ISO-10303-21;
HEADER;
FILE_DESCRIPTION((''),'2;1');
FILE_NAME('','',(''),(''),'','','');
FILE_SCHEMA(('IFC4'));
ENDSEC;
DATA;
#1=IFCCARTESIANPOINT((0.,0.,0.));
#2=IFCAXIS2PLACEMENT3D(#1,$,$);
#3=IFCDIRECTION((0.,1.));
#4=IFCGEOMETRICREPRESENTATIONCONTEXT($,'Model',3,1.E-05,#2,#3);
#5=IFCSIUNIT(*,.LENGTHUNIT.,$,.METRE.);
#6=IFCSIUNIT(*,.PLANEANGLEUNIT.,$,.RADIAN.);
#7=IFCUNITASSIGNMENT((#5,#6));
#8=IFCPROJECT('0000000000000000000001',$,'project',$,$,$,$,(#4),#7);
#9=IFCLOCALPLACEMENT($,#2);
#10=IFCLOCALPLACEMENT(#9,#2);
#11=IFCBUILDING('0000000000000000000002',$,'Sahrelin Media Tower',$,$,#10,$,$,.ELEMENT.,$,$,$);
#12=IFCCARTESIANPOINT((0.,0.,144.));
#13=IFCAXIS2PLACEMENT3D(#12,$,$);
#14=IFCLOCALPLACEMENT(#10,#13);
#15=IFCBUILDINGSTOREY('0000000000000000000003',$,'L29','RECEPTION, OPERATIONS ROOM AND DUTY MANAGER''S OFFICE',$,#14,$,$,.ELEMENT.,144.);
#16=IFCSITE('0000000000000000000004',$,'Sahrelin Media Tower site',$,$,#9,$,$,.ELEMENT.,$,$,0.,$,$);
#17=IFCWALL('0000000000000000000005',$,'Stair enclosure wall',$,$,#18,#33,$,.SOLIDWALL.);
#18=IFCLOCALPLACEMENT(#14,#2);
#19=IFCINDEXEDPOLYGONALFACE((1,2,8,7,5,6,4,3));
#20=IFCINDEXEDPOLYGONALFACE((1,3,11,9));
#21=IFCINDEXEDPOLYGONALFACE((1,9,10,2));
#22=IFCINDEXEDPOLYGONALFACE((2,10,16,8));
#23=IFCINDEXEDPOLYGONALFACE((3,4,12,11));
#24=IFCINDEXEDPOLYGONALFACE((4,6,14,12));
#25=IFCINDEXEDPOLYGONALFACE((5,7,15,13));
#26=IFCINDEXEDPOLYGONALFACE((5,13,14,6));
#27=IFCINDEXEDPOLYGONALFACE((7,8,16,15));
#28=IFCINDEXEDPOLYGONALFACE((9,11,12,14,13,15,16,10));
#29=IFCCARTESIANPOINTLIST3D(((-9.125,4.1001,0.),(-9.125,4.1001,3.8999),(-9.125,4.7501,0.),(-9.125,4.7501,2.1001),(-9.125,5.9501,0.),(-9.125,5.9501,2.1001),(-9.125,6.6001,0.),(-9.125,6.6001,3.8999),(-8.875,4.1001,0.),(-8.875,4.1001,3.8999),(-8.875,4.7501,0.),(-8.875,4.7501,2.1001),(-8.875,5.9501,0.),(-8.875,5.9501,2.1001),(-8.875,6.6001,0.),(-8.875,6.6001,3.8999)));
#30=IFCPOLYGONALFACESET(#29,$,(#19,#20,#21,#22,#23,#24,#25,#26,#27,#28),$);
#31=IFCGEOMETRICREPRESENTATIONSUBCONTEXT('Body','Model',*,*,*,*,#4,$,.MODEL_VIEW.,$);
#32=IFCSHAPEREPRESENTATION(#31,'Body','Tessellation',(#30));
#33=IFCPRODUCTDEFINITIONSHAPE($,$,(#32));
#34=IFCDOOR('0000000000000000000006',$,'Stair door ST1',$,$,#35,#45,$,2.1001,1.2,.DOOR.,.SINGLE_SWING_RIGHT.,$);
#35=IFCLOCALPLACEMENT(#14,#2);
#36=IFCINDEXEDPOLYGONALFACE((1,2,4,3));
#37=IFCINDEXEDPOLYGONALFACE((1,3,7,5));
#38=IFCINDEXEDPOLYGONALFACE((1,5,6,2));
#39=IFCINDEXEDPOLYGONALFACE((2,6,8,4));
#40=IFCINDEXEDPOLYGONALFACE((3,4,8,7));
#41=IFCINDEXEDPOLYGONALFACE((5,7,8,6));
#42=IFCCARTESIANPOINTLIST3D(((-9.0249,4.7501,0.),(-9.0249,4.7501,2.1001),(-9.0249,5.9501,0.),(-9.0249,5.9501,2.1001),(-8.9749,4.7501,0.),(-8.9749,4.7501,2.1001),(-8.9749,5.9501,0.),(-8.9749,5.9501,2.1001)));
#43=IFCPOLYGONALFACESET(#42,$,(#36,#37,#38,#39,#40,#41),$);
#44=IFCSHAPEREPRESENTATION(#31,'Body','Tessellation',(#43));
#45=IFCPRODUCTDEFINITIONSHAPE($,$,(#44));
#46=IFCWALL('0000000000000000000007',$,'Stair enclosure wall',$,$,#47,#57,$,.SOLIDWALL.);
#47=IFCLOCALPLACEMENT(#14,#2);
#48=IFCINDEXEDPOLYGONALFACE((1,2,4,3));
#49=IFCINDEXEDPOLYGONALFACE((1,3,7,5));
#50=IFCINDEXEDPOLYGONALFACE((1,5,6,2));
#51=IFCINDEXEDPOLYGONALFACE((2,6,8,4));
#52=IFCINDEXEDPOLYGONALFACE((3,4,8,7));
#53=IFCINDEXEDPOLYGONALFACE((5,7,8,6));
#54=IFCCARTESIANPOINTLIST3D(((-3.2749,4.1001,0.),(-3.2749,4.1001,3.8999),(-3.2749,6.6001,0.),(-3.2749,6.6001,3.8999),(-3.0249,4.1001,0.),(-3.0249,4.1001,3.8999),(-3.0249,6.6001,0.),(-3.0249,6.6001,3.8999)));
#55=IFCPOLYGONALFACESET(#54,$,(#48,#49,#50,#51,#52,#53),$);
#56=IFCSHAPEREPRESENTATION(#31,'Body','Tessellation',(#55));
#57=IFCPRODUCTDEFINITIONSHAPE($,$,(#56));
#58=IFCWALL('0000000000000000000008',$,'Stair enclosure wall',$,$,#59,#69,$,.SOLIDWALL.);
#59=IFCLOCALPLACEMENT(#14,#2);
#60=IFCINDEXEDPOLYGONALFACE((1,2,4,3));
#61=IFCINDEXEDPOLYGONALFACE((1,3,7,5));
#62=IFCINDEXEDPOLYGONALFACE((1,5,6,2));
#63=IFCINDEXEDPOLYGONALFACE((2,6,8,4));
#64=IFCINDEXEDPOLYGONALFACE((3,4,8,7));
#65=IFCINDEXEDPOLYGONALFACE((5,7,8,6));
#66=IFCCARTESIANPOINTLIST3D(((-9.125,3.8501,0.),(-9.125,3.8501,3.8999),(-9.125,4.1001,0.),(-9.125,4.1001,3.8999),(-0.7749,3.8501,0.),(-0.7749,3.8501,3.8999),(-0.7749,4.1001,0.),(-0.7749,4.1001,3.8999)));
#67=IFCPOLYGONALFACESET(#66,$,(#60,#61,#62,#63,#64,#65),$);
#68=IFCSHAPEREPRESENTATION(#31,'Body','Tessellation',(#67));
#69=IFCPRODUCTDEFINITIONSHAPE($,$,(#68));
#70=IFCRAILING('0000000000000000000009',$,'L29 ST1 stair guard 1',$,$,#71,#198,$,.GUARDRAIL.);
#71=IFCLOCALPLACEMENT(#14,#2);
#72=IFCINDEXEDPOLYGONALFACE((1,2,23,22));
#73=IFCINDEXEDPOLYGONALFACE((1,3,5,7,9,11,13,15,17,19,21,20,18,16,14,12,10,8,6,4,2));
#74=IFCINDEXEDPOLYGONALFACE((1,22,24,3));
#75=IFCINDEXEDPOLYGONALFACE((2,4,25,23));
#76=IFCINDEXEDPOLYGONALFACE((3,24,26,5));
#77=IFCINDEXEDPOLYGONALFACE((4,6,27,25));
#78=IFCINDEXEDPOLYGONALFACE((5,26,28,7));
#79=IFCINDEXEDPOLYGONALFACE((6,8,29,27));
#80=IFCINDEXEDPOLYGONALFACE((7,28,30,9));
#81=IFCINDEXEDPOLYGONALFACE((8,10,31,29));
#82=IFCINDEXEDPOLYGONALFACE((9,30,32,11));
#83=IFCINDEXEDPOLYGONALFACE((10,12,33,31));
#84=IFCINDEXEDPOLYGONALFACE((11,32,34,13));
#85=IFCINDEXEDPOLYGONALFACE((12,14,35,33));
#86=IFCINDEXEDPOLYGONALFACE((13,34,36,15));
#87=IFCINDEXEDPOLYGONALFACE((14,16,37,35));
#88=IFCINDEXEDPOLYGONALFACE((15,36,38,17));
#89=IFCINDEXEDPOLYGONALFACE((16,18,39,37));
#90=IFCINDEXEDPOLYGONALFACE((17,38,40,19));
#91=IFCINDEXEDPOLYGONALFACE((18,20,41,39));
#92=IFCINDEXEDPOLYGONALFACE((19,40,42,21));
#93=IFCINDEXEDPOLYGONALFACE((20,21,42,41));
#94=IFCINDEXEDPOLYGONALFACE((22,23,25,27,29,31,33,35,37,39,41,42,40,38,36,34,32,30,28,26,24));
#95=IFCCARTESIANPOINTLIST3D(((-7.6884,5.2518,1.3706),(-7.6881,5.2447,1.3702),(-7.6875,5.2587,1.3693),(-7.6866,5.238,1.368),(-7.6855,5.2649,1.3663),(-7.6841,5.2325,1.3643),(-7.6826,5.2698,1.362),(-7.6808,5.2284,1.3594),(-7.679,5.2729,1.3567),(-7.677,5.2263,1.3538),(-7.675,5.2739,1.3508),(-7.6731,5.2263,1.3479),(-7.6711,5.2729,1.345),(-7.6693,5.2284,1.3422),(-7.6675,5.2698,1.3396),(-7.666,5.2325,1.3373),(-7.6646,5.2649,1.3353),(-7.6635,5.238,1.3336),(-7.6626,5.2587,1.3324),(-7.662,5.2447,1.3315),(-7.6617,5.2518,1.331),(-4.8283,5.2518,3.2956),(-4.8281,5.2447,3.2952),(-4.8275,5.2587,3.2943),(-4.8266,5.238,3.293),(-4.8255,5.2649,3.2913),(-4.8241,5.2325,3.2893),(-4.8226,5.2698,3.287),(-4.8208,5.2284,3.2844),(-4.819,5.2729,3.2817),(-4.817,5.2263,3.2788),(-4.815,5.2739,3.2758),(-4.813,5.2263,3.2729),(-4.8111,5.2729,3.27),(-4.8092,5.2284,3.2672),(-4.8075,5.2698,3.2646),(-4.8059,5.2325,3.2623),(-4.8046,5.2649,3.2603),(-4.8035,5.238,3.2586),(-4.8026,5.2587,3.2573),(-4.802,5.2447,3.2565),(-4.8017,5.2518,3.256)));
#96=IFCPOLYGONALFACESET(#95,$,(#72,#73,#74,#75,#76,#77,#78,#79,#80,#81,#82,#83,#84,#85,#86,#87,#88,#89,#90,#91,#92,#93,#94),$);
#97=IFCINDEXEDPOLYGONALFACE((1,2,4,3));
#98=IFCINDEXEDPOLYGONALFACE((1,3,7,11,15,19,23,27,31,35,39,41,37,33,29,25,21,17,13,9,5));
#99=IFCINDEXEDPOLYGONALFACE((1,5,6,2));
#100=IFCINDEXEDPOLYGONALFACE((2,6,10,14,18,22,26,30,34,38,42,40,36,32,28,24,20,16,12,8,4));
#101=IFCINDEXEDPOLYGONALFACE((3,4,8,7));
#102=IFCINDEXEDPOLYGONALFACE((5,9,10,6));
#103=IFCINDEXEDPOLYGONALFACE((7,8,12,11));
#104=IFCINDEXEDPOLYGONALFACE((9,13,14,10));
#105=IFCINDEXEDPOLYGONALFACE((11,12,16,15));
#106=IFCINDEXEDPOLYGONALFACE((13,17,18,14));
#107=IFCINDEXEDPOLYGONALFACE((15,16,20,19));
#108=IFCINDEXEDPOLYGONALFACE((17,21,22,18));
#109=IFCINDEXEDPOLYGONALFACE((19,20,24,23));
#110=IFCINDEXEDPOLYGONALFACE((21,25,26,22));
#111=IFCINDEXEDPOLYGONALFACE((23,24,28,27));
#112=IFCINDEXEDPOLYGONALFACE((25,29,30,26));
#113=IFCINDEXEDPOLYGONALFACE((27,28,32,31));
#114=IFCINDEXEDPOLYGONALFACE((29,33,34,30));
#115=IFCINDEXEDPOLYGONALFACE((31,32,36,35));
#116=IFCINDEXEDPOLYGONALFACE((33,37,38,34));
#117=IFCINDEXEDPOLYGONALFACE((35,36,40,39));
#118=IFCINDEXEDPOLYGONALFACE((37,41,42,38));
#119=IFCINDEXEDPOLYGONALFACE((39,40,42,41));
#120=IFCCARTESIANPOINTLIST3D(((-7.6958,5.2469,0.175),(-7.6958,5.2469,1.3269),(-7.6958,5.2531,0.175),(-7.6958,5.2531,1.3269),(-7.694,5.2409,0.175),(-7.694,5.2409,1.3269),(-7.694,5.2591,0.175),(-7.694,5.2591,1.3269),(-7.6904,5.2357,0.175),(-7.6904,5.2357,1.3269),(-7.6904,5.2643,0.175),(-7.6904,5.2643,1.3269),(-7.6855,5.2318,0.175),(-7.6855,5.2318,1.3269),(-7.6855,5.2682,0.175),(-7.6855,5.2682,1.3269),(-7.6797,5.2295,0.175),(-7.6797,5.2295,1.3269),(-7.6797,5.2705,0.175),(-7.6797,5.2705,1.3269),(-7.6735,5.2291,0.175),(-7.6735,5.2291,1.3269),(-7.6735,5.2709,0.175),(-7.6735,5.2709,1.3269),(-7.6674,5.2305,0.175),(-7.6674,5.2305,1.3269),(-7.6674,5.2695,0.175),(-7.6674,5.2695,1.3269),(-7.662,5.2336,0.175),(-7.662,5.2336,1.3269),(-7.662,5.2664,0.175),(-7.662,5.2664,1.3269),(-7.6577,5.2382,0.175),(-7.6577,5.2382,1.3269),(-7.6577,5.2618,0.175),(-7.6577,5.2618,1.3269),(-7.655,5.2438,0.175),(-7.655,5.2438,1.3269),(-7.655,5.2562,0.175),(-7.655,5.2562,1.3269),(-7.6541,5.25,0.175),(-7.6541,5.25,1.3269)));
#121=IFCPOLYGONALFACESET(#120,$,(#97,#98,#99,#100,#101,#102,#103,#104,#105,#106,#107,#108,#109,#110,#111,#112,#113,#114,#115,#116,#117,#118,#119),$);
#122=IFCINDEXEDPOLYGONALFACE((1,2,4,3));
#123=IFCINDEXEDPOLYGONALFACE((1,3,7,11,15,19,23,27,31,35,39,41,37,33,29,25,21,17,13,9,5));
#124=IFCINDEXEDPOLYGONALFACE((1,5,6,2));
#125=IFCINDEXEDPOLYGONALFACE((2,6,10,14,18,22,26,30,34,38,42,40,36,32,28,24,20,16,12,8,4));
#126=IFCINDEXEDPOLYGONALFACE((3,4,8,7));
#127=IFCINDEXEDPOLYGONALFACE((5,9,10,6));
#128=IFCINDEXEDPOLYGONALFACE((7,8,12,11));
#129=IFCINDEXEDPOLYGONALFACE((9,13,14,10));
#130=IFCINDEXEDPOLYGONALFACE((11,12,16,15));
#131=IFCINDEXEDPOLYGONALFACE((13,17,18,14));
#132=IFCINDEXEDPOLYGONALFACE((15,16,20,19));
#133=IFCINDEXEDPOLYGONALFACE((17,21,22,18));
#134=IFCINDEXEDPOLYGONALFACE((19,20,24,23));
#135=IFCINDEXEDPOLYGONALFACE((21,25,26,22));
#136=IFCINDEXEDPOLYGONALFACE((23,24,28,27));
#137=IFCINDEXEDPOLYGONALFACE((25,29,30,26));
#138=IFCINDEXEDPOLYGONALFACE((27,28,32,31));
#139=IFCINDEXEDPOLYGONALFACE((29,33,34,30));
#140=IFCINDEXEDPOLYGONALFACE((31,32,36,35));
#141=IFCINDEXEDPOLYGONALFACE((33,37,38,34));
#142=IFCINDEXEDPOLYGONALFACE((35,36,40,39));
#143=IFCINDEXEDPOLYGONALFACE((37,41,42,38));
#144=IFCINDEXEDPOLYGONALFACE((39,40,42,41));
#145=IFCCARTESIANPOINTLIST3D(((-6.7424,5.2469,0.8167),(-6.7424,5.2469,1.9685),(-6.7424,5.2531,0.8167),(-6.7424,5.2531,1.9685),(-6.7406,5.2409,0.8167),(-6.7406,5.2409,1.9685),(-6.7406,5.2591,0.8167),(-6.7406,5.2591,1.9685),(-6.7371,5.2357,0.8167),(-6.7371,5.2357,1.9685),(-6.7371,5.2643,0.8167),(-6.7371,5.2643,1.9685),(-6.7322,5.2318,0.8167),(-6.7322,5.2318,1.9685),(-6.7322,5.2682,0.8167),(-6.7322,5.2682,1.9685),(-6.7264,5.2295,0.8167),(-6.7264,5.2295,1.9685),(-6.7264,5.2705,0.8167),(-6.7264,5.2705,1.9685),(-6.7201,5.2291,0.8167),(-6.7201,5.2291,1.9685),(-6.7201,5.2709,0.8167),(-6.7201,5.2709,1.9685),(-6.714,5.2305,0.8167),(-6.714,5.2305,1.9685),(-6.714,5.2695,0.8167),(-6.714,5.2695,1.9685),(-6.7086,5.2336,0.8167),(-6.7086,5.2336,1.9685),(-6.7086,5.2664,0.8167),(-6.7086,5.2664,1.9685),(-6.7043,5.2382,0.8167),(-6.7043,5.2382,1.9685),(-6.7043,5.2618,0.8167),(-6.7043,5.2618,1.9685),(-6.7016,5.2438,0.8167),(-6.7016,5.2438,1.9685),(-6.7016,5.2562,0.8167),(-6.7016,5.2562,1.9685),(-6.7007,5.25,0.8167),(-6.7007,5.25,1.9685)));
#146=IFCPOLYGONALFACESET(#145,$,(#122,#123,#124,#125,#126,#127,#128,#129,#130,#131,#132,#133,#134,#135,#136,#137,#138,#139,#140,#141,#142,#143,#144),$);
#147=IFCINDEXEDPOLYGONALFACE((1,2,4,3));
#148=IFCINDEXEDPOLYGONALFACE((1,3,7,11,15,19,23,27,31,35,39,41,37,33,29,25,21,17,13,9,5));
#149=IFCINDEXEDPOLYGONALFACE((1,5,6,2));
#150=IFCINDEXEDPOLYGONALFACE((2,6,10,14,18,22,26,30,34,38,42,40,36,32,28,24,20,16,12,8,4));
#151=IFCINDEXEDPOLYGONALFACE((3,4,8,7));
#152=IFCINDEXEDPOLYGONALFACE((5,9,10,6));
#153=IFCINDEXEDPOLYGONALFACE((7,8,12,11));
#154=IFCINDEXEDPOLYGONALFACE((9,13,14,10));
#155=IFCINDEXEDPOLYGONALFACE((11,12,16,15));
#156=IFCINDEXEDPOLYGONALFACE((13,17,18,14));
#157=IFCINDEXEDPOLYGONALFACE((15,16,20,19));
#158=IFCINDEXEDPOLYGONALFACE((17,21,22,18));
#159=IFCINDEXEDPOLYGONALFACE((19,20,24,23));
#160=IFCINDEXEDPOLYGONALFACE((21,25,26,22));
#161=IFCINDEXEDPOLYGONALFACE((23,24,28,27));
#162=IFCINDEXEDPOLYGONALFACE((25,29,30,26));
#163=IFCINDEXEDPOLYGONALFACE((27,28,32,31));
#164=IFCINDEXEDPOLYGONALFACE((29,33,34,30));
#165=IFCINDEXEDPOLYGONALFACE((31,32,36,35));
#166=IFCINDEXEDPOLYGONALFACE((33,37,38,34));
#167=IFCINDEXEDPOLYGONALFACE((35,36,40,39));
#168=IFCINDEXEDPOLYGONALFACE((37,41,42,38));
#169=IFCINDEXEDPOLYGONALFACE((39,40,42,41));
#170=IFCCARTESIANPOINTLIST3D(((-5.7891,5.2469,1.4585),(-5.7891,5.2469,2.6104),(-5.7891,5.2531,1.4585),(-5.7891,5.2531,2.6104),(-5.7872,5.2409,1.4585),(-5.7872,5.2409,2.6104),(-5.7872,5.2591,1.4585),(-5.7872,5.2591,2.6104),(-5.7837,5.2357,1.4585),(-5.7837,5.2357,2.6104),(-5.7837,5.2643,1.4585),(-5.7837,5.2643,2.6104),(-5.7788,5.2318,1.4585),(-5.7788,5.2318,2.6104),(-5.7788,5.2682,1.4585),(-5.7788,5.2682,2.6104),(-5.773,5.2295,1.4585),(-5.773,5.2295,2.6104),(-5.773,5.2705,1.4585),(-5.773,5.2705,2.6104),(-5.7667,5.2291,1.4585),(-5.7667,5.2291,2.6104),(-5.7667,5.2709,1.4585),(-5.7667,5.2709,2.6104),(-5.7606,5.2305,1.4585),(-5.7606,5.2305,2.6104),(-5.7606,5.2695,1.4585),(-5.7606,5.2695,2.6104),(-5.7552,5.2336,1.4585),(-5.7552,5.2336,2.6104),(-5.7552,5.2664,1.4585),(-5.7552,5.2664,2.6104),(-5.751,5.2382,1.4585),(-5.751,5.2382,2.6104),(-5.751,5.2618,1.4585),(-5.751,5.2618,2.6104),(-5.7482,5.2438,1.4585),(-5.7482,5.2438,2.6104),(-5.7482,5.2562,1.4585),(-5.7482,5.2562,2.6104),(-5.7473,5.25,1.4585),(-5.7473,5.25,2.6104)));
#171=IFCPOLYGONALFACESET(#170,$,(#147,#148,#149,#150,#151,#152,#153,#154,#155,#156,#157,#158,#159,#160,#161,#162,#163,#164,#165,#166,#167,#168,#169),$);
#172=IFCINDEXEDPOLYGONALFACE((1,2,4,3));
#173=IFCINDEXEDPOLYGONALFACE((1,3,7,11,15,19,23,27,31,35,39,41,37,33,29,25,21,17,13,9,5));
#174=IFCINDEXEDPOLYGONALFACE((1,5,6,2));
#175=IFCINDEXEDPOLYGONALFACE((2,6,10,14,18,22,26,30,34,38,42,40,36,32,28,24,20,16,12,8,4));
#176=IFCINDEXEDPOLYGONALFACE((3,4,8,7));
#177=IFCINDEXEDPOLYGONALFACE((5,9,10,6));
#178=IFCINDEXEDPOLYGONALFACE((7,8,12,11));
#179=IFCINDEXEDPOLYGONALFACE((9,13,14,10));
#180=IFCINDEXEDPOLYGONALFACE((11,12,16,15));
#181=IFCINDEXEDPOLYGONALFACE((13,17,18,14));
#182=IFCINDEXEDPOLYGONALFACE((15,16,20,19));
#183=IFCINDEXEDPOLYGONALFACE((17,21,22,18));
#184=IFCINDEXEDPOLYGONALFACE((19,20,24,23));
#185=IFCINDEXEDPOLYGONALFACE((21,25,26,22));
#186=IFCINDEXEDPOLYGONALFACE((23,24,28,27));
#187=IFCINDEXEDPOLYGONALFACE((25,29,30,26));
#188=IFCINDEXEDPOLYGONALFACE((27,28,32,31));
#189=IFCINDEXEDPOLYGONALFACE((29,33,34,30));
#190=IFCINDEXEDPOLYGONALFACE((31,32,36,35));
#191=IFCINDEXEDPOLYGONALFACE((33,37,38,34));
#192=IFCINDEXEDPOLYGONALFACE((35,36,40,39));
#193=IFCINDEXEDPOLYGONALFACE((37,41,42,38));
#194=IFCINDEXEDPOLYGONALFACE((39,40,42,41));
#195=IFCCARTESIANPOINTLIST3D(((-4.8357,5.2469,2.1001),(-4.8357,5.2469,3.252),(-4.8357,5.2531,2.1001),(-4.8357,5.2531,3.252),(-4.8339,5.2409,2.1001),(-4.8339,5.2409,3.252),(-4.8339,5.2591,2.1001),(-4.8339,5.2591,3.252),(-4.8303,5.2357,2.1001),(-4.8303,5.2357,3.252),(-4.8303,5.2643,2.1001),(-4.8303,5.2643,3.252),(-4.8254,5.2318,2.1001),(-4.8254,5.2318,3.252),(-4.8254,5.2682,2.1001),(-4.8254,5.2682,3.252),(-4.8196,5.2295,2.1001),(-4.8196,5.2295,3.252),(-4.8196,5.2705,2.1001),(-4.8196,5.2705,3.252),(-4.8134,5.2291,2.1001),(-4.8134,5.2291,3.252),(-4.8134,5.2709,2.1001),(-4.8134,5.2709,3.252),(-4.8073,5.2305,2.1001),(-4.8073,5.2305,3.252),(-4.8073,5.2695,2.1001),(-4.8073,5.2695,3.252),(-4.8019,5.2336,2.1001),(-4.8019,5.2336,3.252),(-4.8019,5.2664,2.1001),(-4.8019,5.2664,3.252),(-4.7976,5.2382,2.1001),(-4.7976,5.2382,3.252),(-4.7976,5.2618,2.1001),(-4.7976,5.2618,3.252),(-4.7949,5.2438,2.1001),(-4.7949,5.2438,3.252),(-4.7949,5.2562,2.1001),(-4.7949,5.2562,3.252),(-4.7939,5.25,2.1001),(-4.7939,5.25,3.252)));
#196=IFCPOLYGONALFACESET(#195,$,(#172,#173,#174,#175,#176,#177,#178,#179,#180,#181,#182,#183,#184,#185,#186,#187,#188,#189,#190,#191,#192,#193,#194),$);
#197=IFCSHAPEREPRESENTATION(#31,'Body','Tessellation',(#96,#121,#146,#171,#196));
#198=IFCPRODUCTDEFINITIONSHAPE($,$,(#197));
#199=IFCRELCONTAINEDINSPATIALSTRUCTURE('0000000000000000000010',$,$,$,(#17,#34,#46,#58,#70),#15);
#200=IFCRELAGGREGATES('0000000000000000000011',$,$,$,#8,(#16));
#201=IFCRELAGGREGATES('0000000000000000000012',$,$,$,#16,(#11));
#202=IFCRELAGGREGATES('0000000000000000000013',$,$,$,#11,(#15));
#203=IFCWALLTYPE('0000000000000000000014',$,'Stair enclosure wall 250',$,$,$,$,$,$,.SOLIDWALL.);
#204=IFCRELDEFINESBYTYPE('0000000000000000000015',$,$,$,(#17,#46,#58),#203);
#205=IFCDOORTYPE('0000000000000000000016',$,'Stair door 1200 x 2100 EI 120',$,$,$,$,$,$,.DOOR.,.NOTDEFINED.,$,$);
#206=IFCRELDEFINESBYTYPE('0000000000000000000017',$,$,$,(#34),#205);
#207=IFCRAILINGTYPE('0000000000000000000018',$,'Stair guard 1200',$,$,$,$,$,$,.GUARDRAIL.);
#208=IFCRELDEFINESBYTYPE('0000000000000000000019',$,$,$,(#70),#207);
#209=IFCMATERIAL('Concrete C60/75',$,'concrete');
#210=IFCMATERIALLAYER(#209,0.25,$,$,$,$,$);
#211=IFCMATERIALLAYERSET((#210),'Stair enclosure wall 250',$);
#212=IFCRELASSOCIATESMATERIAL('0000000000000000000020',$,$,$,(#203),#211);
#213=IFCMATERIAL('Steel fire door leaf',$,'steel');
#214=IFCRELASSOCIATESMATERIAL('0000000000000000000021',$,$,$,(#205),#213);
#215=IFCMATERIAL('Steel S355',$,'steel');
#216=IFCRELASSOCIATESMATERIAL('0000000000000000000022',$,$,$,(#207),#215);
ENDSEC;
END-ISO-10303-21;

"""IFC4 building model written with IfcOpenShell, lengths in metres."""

from ifc_helpers import new_model, si_unit, direction, frame, frame_2d, origin, origin_2d, place, context, subcontext, project, spatial, rectangle, circle, extrude, material, layer, layer_set, type_object, element, fill, save


model = new_model("IFC4")

# Units and contexts
model_context = context("Model", 3, precision=1e-05, world=origin(), true_north=direction((0.0, 1.0)))
body_context = subcontext(model_context, "Body", "Model", "MODEL_VIEW")
ifc_project = project(units=[si_unit("LENGTHUNIT", "METRE"), si_unit("PLANEANGLEUNIT", "RADIAN")], contexts=[model_context])

# Site, building, storey
site_placement = place(None, origin())
site = spatial("IfcSite", under=ifc_project, at=site_placement, Name="Sahrelin Media Tower site", CompositionType="ELEMENT", RefElevation=0.0)
building_placement = place(site_placement, origin())
building = spatial("IfcBuilding", under=site, at=building_placement, Name="Sahrelin Media Tower", CompositionType="ELEMENT")
storey_placement = place(building_placement, frame((0.0, 0.0, 144.0)))
storey = spatial("IfcBuildingStorey", under=building, at=storey_placement, Name="L29", Description="RECEPTION, OPERATIONS ROOM AND DUTY MANAGER'S OFFICE", CompositionType="ELEMENT", Elevation=144.0)

# Shared definitions
ifc_material_1 = material(Name="Steel S355", Category="steel")

# Shared definitions
ifc_material_2 = material(Name="Concrete C60/75", Category="concrete")

# Shared definitions
ifc_material_3 = material(Name="Steel fire door leaf", Category="steel")

# Wall, opening, door
ifc_layer_1 = layer(ifc_material_2, 0.25)
ifc_layer_set_1 = layer_set([ifc_layer_1], Name="Stair enclosure wall 250")
wall_type_1 = type_object("IfcWallType", Name="Stair enclosure wall 250", PredefinedType="SOLIDWALL", material=ifc_layer_set_1)
wall_1_placement = place(storey_placement, frame((-9.0, 4.1001, 0.0), z_axis=(0.0, 0.0, 1.0), x_axis=(0.0, 1.0, 0.0)))
wall_1 = element("IfcWall", 1, at=wall_1_placement, inside=storey, type_object=wall_type_1, Name="Stair enclosure wall", PredefinedType="SOLIDWALL", context=body_context, shape_type="SweptSolid", body=[
    extrude(rectangle(XDim=2.5, YDim=0.25, at=frame_2d((1.25, 0.0))), origin(), (0.0, 0.0, 1.0), 3.8999),
])
opening_1_placement = place(wall_1_placement, frame((0.6499, 0.0, 0.0)))
opening_1 = element("IfcOpeningElement", 2, at=opening_1_placement, cuts=wall_1, PredefinedType="OPENING", context=body_context, shape_type="SweptSolid", body=[
    extrude(rectangle(XDim=1.2, YDim=2.1001, at=frame_2d((0.6001, 1.05))), frame((0.0, 0.125, 0.0), z_axis=(0.0, -1.0, 0.0), x_axis=(1.0, 0.0, 0.0)), (0.0, 0.0, 1.0), 0.25),
])
door_type_1 = type_object("IfcDoorType", Name="Stair door 1200 x 2100 EI 120", OperationType="NOTDEFINED", PredefinedType="DOOR", material=ifc_material_3)
door_1_placement = place(opening_1_placement, origin())
door_1 = element("IfcDoor", 3, at=door_1_placement, inside=storey, type_object=door_type_1, Name="Stair door ST1", OperationType="SINGLE_SWING_RIGHT", OverallHeight=2.1001, OverallWidth=1.2, PredefinedType="DOOR", context=body_context, shape_type="SweptSolid", body=[
    extrude(rectangle(XDim=1.2, YDim=2.1001, at=frame_2d((0.6001, 1.05))), frame((0.0, 0.0249, 0.0), z_axis=(0.0, -1.0, 0.0), x_axis=(1.0, 0.0, 0.0)), (0.0, 0.0, 1.0), 0.05),
])
fill(opening_1, door_1)

# Walls
wall_2_placement = place(storey_placement, frame((-3.1499, 4.1001, 0.0), z_axis=(0.0, 0.0, 1.0), x_axis=(0.0, 1.0, 0.0)))
element("IfcWall", 4, at=wall_2_placement, inside=storey, type_object=wall_type_1, Name="Stair enclosure wall", PredefinedType="SOLIDWALL", context=body_context, shape_type="SweptSolid", body=[
    extrude(rectangle(XDim=2.5, YDim=0.25, at=frame_2d((1.25, 0.0))), origin(), (0.0, 0.0, 1.0), 3.8999),
])
wall_3_placement = place(storey_placement, frame((-9.125, 3.9751, 0.0), z_axis=(0.0, 0.0, 1.0), x_axis=(1.0, 0.0, 0.0)))
element("IfcWall", 5, at=wall_3_placement, inside=storey, type_object=wall_type_1, Name="Stair enclosure wall", PredefinedType="SOLIDWALL", context=body_context, shape_type="SweptSolid", body=[
    extrude(rectangle(XDim=8.3501, YDim=0.25, at=frame_2d((4.175, 0.0))), origin(), (0.0, 0.0, 1.0), 3.8999),
])

# Railing
railing_type_1 = type_object("IfcRailingType", Name="Stair guard 1200", PredefinedType="GUARDRAIL", material=ifc_material_1)
railing_1_placement = place(storey_placement, frame((-7.675, 5.25, 0.175)))
element("IfcRailing", 6, at=railing_1_placement, inside=storey, type_object=railing_type_1, Name="L29 ST1 stair guard 1", PredefinedType="GUARDRAIL", context=body_context, shape_type="SweptSolid", body=[
    extrude(circle(Radius=0.0239, at=origin_2d()), frame((0.0, 0.0, 1.1758), z_axis=(0.829591, 0.0, 0.558372), x_axis=(0.0, 1.0, 0.0)), (0.0, 0.0, 1.0), 3.4475),
    extrude(circle(Radius=0.021, at=origin_2d()), origin(), (0.0, 0.0, 1.0), 1.1519),
    extrude(circle(Radius=0.021, at=origin_2d()), frame((0.9534, 0.0, 0.6416)), (0.0, 0.0, 1.0), 1.1519),
    extrude(circle(Radius=0.021, at=origin_2d()), frame((1.9067, 0.0, 1.2834)), (0.0, 0.0, 1.0), 1.1519),
    extrude(circle(Radius=0.021, at=origin_2d()), frame((2.8601, 0.0, 1.925)), (0.0, 0.0, 1.0), 1.1519),
])

save(model, "model.ifc")
